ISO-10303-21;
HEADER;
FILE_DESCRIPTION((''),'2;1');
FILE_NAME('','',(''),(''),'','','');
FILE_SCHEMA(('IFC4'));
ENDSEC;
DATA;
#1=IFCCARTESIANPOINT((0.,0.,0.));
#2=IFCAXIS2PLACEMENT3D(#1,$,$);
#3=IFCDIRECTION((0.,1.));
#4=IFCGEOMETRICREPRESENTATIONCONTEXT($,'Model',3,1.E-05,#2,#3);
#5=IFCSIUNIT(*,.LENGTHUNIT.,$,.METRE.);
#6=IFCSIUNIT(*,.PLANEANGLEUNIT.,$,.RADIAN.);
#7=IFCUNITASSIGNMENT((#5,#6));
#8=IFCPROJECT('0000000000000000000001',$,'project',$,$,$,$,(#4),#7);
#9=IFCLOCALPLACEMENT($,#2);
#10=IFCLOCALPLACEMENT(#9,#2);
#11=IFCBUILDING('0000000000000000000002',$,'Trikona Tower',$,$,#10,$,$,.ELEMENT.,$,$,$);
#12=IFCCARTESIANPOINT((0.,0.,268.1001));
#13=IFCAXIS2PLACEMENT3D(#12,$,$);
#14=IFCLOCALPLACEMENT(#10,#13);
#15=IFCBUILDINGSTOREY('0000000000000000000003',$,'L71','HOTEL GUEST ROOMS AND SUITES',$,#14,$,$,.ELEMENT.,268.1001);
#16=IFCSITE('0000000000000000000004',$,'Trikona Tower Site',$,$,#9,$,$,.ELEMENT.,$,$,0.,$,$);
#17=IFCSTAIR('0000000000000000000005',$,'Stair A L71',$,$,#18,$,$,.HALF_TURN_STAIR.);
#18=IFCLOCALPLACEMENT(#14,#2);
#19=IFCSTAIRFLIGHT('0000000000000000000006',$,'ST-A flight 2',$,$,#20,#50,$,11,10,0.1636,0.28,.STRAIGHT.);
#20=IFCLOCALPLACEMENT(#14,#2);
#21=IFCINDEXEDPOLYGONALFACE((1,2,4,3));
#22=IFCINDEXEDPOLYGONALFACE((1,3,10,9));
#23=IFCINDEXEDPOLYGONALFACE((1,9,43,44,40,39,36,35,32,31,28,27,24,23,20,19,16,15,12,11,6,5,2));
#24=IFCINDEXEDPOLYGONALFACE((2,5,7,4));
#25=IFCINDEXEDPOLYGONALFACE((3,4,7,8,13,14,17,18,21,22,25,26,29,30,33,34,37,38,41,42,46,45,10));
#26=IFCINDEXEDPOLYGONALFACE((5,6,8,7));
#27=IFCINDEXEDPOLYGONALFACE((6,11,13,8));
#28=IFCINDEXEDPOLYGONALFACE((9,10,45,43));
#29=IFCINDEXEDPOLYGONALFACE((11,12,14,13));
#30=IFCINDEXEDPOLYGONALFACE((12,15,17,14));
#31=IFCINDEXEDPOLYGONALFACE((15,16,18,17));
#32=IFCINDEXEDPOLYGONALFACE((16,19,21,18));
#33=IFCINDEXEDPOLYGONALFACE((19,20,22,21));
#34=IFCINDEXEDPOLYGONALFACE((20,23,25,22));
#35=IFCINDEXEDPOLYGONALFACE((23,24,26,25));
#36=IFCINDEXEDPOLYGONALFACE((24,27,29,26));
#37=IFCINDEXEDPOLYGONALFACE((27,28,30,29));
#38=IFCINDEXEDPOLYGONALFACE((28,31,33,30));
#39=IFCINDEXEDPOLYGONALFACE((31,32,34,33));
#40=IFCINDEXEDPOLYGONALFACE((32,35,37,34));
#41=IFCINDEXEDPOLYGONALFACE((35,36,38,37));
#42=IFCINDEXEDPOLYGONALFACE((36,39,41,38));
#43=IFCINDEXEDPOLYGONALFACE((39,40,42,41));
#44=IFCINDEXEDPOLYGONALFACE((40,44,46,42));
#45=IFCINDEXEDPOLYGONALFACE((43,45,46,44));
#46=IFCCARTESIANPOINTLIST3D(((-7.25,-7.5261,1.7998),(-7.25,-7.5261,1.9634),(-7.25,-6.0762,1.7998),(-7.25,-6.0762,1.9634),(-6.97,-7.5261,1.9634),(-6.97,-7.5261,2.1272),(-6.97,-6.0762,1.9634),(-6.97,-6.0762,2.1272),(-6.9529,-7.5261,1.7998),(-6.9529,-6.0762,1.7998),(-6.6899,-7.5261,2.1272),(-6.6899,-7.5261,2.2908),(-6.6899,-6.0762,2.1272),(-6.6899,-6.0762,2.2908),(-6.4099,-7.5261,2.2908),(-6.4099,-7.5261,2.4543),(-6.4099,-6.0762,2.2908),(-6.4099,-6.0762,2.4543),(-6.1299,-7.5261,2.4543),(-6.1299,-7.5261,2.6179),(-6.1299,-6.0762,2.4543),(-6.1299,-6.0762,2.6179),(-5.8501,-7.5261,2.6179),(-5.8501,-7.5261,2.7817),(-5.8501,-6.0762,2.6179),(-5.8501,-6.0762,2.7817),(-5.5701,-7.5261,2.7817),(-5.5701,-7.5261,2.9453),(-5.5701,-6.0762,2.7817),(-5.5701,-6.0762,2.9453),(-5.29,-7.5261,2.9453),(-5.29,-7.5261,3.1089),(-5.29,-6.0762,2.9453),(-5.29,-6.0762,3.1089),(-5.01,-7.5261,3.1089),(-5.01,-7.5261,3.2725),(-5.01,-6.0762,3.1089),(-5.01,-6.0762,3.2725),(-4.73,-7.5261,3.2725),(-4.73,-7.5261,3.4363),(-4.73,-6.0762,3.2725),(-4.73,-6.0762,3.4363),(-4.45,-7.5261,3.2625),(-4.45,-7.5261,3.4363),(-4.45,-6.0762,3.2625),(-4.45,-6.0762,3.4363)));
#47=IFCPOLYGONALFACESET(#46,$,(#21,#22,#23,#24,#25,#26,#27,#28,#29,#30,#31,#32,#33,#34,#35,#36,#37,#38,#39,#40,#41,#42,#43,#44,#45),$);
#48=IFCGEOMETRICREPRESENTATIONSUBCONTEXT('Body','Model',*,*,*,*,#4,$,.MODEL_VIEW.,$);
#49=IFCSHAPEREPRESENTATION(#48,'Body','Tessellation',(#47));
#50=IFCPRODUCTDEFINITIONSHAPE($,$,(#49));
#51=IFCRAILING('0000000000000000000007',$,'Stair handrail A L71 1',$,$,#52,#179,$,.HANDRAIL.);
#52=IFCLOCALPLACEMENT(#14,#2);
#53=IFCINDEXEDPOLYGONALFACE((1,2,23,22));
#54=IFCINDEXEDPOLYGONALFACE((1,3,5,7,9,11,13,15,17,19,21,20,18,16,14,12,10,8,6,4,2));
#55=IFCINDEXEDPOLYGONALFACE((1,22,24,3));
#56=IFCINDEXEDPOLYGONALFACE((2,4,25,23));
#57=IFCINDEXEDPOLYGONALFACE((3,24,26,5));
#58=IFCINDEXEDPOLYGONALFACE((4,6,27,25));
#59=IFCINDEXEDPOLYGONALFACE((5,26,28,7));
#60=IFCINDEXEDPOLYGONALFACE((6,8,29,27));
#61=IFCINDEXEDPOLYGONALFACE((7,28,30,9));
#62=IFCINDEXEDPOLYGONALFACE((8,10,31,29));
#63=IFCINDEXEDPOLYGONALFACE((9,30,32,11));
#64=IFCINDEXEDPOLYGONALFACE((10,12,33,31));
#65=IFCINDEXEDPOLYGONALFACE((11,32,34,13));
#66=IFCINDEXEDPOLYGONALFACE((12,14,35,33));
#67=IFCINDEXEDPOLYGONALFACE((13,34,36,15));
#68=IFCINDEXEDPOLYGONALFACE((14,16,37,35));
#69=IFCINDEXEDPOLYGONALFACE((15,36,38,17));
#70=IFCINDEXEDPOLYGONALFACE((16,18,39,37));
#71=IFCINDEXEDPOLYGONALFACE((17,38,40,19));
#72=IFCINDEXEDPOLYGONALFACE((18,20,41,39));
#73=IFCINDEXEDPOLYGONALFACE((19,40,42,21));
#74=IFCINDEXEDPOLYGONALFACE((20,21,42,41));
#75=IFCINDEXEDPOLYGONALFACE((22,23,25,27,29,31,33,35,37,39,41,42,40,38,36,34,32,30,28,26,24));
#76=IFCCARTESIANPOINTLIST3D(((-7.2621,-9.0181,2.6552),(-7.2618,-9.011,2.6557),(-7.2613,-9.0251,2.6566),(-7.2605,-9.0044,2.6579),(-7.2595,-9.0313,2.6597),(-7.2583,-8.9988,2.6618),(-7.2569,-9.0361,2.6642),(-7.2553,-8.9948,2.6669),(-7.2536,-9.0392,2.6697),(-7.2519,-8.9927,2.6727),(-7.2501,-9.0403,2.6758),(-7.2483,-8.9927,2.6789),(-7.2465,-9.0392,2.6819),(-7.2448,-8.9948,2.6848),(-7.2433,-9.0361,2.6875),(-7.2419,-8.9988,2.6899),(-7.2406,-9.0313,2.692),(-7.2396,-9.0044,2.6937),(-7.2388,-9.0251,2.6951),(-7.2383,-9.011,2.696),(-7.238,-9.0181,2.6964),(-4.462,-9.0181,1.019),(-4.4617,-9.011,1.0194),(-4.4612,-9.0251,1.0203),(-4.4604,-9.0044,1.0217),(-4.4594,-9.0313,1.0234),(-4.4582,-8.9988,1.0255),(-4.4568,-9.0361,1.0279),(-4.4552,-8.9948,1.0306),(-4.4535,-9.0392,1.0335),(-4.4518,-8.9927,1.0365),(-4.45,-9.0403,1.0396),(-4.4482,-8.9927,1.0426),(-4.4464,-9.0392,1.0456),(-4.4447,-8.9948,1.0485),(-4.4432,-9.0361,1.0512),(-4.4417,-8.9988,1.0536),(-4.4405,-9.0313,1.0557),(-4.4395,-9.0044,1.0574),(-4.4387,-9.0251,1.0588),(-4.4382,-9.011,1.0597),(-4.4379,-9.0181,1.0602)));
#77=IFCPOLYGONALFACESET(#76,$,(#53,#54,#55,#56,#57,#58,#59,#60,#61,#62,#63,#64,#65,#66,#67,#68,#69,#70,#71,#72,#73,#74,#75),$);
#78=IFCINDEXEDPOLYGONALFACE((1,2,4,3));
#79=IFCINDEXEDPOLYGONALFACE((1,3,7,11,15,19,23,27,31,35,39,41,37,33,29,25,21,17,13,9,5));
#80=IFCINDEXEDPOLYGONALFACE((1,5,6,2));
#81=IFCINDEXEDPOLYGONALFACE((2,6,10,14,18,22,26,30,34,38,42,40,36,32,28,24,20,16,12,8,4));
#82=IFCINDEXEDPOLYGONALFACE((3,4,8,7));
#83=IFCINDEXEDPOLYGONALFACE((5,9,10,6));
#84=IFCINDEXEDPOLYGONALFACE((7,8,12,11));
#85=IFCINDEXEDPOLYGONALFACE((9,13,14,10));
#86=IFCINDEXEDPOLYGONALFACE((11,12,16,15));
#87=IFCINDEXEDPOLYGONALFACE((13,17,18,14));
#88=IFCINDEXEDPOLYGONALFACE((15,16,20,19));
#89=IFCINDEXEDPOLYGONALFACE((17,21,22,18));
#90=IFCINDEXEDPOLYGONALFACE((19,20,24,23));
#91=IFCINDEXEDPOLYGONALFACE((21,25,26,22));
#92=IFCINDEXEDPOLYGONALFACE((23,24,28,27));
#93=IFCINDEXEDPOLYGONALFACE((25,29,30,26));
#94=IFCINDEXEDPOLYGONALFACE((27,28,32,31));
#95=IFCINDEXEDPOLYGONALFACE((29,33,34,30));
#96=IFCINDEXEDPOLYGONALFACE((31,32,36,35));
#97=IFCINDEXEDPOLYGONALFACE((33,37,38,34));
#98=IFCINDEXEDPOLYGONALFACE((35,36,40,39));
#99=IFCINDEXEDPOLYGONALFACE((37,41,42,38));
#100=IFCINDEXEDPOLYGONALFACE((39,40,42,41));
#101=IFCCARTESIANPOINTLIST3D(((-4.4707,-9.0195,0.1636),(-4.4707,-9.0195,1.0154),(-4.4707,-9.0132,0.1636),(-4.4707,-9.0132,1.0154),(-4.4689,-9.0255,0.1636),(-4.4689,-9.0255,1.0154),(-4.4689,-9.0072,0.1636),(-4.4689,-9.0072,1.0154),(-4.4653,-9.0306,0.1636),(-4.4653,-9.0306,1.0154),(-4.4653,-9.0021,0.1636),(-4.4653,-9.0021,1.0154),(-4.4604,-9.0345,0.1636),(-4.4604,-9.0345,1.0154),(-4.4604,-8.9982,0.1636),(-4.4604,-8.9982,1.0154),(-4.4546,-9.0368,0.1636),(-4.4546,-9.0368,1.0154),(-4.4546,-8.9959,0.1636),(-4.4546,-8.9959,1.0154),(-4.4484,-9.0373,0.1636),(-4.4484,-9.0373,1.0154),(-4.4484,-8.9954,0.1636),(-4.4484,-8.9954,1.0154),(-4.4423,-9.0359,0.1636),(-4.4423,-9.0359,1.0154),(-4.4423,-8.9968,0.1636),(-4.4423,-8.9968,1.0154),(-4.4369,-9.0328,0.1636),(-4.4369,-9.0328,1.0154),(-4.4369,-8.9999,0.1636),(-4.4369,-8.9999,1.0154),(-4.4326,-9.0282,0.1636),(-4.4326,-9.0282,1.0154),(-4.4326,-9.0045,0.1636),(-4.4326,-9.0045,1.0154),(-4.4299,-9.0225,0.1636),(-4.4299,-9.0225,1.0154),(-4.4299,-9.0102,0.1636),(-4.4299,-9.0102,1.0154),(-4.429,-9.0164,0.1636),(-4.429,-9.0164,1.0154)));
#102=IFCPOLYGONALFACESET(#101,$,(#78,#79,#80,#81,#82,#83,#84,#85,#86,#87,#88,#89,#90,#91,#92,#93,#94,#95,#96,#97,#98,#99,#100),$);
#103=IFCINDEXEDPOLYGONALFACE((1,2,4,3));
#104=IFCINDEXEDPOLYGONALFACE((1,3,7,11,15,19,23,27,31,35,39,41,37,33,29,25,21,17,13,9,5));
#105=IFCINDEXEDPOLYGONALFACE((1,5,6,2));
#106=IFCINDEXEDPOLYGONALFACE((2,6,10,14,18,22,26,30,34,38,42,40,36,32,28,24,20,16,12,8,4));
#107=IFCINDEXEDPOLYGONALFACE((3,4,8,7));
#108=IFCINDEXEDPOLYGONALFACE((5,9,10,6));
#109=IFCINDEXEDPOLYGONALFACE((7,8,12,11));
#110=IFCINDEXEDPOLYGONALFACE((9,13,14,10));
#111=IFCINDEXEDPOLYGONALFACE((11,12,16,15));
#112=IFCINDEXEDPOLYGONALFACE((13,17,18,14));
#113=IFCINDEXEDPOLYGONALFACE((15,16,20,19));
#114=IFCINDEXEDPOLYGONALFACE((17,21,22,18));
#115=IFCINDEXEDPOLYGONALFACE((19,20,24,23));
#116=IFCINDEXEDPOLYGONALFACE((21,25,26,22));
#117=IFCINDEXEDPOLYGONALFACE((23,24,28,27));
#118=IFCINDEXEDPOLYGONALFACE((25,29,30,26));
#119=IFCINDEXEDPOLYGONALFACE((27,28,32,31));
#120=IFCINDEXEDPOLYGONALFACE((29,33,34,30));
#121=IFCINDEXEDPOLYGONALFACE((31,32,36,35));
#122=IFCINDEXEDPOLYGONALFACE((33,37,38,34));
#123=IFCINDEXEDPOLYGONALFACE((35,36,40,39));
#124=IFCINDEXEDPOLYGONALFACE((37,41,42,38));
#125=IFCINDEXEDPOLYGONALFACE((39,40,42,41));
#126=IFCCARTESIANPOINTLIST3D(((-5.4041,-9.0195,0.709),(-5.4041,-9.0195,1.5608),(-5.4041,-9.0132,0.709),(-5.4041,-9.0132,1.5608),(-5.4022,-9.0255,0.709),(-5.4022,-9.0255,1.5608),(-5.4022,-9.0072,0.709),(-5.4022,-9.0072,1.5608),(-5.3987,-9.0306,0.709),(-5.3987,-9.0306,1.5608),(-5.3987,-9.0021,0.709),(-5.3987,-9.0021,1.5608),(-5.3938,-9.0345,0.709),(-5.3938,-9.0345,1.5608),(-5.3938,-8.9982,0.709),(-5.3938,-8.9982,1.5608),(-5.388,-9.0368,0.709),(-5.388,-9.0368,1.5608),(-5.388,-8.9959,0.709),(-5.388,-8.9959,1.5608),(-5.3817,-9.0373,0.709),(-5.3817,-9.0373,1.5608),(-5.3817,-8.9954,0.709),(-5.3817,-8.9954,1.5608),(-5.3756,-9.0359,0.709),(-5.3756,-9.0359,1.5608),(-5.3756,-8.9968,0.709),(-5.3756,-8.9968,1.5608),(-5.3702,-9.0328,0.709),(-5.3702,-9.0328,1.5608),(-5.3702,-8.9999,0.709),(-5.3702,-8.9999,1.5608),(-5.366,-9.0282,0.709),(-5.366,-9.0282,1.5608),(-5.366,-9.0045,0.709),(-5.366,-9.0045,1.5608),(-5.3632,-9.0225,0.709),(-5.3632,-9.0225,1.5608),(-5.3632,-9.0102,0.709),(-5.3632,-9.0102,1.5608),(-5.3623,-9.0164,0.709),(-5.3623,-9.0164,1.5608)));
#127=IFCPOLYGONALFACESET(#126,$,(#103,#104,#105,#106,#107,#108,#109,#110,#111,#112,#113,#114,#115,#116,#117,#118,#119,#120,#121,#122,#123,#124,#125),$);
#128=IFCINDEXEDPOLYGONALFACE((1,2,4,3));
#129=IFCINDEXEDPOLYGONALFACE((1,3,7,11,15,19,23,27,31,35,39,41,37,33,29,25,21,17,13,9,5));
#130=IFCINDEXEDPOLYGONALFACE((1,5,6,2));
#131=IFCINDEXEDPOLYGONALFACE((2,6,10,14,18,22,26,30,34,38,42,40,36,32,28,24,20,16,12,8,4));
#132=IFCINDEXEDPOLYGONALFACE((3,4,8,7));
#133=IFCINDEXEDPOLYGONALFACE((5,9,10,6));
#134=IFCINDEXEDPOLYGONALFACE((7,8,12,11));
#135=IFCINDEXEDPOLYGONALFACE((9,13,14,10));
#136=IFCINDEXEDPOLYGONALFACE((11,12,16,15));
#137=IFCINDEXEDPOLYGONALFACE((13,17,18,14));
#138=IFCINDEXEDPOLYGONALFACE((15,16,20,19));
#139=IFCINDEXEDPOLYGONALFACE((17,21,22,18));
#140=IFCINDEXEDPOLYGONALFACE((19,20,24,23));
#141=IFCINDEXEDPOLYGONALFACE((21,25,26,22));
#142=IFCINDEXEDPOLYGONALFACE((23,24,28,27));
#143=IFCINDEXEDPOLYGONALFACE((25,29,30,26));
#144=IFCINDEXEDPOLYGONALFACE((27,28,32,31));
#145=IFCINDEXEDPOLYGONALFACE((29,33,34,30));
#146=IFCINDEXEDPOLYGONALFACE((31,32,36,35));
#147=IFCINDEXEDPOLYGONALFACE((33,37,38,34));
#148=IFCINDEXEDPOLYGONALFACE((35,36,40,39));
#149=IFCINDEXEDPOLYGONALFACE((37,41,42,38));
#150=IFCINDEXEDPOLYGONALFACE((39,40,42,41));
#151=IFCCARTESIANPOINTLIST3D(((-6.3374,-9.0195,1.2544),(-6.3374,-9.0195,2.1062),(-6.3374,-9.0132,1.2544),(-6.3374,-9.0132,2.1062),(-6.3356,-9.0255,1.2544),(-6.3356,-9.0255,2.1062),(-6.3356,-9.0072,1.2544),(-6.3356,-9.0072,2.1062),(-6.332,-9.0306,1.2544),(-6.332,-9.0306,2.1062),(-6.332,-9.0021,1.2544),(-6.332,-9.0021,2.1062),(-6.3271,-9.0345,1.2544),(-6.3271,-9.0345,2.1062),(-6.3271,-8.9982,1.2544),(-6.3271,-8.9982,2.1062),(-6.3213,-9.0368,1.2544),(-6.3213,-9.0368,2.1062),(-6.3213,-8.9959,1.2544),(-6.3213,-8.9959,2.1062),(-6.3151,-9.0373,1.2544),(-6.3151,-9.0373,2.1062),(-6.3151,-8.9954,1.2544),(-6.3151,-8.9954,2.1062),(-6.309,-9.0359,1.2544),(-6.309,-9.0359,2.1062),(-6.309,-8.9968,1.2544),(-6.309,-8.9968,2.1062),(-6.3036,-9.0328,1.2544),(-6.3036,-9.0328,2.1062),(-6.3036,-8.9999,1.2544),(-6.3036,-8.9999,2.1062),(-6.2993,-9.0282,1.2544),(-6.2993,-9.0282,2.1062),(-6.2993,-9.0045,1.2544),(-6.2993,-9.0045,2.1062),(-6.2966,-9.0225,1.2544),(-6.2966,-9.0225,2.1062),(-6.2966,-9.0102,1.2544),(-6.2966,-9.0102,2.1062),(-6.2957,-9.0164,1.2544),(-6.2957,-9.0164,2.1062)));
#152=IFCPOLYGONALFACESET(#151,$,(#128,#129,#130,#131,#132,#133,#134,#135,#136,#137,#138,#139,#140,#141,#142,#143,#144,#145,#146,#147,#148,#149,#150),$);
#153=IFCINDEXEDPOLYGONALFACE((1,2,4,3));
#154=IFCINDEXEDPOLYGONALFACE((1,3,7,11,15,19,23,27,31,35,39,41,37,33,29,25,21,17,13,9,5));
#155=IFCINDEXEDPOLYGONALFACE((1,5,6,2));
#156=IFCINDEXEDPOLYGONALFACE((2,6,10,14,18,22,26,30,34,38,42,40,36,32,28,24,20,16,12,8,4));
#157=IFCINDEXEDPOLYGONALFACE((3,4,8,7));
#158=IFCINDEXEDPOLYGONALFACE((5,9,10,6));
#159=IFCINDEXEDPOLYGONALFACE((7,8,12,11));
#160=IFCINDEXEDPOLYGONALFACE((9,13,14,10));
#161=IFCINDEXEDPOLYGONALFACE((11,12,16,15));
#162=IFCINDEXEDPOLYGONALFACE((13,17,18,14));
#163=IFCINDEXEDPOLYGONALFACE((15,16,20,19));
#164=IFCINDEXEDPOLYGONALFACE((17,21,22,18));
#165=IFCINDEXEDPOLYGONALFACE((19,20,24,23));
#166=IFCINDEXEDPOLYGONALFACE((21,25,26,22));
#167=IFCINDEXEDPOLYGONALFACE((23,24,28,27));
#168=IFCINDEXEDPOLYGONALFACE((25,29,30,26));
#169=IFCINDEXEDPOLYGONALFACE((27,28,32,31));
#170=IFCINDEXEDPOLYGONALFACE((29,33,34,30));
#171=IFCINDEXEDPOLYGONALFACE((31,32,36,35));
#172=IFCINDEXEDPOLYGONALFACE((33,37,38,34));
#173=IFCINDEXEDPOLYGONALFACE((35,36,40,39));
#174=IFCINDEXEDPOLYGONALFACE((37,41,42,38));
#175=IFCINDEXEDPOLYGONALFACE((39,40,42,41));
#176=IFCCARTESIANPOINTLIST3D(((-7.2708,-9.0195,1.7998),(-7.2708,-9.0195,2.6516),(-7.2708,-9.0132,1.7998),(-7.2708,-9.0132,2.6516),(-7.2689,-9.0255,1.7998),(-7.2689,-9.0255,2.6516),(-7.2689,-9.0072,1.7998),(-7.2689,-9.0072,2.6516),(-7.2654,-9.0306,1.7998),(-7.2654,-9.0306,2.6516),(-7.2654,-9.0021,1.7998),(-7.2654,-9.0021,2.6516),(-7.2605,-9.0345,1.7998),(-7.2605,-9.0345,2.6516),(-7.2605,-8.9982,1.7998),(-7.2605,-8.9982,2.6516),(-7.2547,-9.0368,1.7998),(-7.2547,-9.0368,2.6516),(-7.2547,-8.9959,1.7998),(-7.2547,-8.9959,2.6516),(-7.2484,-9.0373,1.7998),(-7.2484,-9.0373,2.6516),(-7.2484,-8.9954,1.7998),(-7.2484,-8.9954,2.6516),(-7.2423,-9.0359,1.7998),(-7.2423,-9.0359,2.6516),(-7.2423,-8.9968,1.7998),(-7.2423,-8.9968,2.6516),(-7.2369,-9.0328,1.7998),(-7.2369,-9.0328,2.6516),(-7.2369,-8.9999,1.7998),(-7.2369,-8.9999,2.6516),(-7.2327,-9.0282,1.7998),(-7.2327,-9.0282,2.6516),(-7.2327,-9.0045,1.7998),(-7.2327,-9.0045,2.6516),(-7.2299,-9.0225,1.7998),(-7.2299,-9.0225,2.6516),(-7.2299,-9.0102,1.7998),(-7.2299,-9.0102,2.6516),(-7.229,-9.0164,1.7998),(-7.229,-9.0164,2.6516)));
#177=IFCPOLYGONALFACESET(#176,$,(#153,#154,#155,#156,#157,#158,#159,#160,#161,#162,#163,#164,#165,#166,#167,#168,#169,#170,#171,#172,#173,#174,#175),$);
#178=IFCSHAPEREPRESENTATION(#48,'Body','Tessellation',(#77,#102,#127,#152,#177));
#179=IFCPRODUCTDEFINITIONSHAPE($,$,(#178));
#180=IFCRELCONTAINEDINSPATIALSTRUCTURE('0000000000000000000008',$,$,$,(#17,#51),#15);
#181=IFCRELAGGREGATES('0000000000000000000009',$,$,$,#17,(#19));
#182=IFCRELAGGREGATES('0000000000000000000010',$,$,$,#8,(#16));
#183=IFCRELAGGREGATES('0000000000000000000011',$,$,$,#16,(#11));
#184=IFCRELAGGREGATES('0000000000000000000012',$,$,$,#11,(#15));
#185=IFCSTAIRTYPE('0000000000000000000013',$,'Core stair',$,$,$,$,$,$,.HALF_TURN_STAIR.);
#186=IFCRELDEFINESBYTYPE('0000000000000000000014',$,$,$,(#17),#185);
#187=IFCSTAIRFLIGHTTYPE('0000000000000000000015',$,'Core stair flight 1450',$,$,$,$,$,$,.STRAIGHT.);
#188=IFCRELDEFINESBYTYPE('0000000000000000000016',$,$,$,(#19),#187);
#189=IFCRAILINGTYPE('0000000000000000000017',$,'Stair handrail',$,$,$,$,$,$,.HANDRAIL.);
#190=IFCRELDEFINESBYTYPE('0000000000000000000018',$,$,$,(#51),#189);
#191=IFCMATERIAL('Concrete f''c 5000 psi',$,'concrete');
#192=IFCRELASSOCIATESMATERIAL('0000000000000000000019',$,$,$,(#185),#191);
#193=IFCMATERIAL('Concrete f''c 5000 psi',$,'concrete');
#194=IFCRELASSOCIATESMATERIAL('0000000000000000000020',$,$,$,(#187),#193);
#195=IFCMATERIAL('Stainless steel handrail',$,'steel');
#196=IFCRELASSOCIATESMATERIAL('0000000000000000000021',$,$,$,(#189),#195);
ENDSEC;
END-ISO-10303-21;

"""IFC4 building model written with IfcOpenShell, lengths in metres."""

from ifc_helpers import new_model, si_unit, direction, frame, origin, origin_2d, place, context, subcontext, project, spatial, polyline, circle, outline, extrude, material, type_object, element, aggregate, save


model = new_model("IFC4")

# Units and contexts
model_context = context("Model", 3, precision=1e-05, world=origin(), true_north=direction((0.0, 1.0)))
body_context = subcontext(model_context, "Body", "Model", "MODEL_VIEW")
ifc_project = project(units=[si_unit("LENGTHUNIT", "METRE"), si_unit("PLANEANGLEUNIT", "RADIAN")], contexts=[model_context])

# Site, building, storey
site_placement = place(None, origin())
site = spatial("IfcSite", under=ifc_project, at=site_placement, Name="Trikona Tower Site", CompositionType="ELEMENT", RefElevation=0.0)
building_placement = place(site_placement, origin())
building = spatial("IfcBuilding", under=site, at=building_placement, Name="Trikona Tower", CompositionType="ELEMENT")
storey_placement = place(building_placement, frame((0.0, 0.0, 268.1001)))
storey = spatial("IfcBuildingStorey", under=building, at=storey_placement, Name="L71", Description="HOTEL GUEST ROOMS AND SUITES", CompositionType="ELEMENT", Elevation=268.1001)

# Stair, stair flight
ifc_material_1 = material(Name="Concrete f'c 5000 psi", Category="concrete")
stair_type = type_object("IfcStairType", Name="Core stair", PredefinedType="HALF_TURN_STAIR", material=ifc_material_1)
stair_placement = place(storey_placement, origin())
stair = element("IfcStair", 1, at=stair_placement, inside=storey, type_object=stair_type, Name="Stair A L71", PredefinedType="HALF_TURN_STAIR")
ifc_material_2 = material(Name="Concrete f'c 5000 psi", Category="concrete")
stair_flight_type = type_object("IfcStairFlightType", Name="Core stair flight 1450", PredefinedType="STRAIGHT", material=ifc_material_2)
stair_flight_1_placement = place(storey_placement, frame((-7.25, -6.8013, 1.7998), z_axis=(0.0, 0.0, 1.0), x_axis=(1.0, 0.0, 0.0)))
stair_flight_1 = element("IfcStairFlight", 2, at=stair_flight_1_placement, type_object=stair_flight_type, Name="ST-A flight 2", NumberOfRisers=11, NumberOfTreads=10, PredefinedType="STRAIGHT", RiserHeight=0.1636, TreadLength=0.28, context=body_context, shape_type="SweptSolid", body=[
    extrude(outline(polyline([(0.0, 0.0), (0.0, 0.1636), (0.28, 0.1636), (0.28, 0.3274), (0.5601, 0.3274), (0.5601, 0.491), (0.8401, 0.491), (0.8401, 0.6545), (1.1201, 0.6545), (1.1201, 0.8181), (1.3999, 0.8181), (1.3999, 0.9819), (1.6799, 0.9819), (1.6799, 1.1455), (1.96, 1.1455), (1.96, 1.3091), (2.24, 1.3091), (2.24, 1.4727), (2.52, 1.4727), (2.52, 1.6365), (2.8, 1.6365), (2.8, 1.8), (2.8, 1.4626), (0.2971, 0.0), (0.0, 0.0)])), frame((0.0, 0.7251, 0.0), z_axis=(0.0, -1.0, 0.0), x_axis=(1.0, 0.0, 0.0)), (0.0, 0.0, 1.0), 1.45),
])
aggregate(stair, [stair_flight_1])

# Railing
ifc_material_3 = material(Name="Stainless steel handrail", Category="steel")
railing_type = type_object("IfcRailingType", Name="Stair handrail", PredefinedType="HANDRAIL", material=ifc_material_3)
railing_1_placement = place(storey_placement, frame((-4.45, -9.0164, 0.1636)))
element("IfcRailing", 3, at=railing_1_placement, inside=storey, type_object=railing_type, Name="Stair handrail A L71 1", PredefinedType="HANDRAIL", context=body_context, shape_type="SweptSolid", body=[
    extrude(circle(Radius=0.0239, at=origin_2d()), frame((0.0, 0.0, 0.876), z_axis=(-0.863394, 0.0, 0.504531), x_axis=(0.0, -1.0, 0.0)), (0.0, 0.0, 1.0), 3.2432),
    extrude(circle(Radius=0.021, at=origin_2d()), origin(), (0.0, 0.0, 1.0), 0.8518),
    extrude(circle(Radius=0.021, at=origin_2d()), frame((-0.9333, 0.0, 0.5454)), (0.0, 0.0, 1.0), 0.8518),
    extrude(circle(Radius=0.021, at=origin_2d()), frame((-1.8667, 0.0, 1.0908)), (0.0, 0.0, 1.0), 0.8518),
    extrude(circle(Radius=0.021, at=origin_2d()), frame((-2.8, 0.0, 1.6362)), (0.0, 0.0, 1.0), 0.8518),
])

save(model, "model.ifc")
